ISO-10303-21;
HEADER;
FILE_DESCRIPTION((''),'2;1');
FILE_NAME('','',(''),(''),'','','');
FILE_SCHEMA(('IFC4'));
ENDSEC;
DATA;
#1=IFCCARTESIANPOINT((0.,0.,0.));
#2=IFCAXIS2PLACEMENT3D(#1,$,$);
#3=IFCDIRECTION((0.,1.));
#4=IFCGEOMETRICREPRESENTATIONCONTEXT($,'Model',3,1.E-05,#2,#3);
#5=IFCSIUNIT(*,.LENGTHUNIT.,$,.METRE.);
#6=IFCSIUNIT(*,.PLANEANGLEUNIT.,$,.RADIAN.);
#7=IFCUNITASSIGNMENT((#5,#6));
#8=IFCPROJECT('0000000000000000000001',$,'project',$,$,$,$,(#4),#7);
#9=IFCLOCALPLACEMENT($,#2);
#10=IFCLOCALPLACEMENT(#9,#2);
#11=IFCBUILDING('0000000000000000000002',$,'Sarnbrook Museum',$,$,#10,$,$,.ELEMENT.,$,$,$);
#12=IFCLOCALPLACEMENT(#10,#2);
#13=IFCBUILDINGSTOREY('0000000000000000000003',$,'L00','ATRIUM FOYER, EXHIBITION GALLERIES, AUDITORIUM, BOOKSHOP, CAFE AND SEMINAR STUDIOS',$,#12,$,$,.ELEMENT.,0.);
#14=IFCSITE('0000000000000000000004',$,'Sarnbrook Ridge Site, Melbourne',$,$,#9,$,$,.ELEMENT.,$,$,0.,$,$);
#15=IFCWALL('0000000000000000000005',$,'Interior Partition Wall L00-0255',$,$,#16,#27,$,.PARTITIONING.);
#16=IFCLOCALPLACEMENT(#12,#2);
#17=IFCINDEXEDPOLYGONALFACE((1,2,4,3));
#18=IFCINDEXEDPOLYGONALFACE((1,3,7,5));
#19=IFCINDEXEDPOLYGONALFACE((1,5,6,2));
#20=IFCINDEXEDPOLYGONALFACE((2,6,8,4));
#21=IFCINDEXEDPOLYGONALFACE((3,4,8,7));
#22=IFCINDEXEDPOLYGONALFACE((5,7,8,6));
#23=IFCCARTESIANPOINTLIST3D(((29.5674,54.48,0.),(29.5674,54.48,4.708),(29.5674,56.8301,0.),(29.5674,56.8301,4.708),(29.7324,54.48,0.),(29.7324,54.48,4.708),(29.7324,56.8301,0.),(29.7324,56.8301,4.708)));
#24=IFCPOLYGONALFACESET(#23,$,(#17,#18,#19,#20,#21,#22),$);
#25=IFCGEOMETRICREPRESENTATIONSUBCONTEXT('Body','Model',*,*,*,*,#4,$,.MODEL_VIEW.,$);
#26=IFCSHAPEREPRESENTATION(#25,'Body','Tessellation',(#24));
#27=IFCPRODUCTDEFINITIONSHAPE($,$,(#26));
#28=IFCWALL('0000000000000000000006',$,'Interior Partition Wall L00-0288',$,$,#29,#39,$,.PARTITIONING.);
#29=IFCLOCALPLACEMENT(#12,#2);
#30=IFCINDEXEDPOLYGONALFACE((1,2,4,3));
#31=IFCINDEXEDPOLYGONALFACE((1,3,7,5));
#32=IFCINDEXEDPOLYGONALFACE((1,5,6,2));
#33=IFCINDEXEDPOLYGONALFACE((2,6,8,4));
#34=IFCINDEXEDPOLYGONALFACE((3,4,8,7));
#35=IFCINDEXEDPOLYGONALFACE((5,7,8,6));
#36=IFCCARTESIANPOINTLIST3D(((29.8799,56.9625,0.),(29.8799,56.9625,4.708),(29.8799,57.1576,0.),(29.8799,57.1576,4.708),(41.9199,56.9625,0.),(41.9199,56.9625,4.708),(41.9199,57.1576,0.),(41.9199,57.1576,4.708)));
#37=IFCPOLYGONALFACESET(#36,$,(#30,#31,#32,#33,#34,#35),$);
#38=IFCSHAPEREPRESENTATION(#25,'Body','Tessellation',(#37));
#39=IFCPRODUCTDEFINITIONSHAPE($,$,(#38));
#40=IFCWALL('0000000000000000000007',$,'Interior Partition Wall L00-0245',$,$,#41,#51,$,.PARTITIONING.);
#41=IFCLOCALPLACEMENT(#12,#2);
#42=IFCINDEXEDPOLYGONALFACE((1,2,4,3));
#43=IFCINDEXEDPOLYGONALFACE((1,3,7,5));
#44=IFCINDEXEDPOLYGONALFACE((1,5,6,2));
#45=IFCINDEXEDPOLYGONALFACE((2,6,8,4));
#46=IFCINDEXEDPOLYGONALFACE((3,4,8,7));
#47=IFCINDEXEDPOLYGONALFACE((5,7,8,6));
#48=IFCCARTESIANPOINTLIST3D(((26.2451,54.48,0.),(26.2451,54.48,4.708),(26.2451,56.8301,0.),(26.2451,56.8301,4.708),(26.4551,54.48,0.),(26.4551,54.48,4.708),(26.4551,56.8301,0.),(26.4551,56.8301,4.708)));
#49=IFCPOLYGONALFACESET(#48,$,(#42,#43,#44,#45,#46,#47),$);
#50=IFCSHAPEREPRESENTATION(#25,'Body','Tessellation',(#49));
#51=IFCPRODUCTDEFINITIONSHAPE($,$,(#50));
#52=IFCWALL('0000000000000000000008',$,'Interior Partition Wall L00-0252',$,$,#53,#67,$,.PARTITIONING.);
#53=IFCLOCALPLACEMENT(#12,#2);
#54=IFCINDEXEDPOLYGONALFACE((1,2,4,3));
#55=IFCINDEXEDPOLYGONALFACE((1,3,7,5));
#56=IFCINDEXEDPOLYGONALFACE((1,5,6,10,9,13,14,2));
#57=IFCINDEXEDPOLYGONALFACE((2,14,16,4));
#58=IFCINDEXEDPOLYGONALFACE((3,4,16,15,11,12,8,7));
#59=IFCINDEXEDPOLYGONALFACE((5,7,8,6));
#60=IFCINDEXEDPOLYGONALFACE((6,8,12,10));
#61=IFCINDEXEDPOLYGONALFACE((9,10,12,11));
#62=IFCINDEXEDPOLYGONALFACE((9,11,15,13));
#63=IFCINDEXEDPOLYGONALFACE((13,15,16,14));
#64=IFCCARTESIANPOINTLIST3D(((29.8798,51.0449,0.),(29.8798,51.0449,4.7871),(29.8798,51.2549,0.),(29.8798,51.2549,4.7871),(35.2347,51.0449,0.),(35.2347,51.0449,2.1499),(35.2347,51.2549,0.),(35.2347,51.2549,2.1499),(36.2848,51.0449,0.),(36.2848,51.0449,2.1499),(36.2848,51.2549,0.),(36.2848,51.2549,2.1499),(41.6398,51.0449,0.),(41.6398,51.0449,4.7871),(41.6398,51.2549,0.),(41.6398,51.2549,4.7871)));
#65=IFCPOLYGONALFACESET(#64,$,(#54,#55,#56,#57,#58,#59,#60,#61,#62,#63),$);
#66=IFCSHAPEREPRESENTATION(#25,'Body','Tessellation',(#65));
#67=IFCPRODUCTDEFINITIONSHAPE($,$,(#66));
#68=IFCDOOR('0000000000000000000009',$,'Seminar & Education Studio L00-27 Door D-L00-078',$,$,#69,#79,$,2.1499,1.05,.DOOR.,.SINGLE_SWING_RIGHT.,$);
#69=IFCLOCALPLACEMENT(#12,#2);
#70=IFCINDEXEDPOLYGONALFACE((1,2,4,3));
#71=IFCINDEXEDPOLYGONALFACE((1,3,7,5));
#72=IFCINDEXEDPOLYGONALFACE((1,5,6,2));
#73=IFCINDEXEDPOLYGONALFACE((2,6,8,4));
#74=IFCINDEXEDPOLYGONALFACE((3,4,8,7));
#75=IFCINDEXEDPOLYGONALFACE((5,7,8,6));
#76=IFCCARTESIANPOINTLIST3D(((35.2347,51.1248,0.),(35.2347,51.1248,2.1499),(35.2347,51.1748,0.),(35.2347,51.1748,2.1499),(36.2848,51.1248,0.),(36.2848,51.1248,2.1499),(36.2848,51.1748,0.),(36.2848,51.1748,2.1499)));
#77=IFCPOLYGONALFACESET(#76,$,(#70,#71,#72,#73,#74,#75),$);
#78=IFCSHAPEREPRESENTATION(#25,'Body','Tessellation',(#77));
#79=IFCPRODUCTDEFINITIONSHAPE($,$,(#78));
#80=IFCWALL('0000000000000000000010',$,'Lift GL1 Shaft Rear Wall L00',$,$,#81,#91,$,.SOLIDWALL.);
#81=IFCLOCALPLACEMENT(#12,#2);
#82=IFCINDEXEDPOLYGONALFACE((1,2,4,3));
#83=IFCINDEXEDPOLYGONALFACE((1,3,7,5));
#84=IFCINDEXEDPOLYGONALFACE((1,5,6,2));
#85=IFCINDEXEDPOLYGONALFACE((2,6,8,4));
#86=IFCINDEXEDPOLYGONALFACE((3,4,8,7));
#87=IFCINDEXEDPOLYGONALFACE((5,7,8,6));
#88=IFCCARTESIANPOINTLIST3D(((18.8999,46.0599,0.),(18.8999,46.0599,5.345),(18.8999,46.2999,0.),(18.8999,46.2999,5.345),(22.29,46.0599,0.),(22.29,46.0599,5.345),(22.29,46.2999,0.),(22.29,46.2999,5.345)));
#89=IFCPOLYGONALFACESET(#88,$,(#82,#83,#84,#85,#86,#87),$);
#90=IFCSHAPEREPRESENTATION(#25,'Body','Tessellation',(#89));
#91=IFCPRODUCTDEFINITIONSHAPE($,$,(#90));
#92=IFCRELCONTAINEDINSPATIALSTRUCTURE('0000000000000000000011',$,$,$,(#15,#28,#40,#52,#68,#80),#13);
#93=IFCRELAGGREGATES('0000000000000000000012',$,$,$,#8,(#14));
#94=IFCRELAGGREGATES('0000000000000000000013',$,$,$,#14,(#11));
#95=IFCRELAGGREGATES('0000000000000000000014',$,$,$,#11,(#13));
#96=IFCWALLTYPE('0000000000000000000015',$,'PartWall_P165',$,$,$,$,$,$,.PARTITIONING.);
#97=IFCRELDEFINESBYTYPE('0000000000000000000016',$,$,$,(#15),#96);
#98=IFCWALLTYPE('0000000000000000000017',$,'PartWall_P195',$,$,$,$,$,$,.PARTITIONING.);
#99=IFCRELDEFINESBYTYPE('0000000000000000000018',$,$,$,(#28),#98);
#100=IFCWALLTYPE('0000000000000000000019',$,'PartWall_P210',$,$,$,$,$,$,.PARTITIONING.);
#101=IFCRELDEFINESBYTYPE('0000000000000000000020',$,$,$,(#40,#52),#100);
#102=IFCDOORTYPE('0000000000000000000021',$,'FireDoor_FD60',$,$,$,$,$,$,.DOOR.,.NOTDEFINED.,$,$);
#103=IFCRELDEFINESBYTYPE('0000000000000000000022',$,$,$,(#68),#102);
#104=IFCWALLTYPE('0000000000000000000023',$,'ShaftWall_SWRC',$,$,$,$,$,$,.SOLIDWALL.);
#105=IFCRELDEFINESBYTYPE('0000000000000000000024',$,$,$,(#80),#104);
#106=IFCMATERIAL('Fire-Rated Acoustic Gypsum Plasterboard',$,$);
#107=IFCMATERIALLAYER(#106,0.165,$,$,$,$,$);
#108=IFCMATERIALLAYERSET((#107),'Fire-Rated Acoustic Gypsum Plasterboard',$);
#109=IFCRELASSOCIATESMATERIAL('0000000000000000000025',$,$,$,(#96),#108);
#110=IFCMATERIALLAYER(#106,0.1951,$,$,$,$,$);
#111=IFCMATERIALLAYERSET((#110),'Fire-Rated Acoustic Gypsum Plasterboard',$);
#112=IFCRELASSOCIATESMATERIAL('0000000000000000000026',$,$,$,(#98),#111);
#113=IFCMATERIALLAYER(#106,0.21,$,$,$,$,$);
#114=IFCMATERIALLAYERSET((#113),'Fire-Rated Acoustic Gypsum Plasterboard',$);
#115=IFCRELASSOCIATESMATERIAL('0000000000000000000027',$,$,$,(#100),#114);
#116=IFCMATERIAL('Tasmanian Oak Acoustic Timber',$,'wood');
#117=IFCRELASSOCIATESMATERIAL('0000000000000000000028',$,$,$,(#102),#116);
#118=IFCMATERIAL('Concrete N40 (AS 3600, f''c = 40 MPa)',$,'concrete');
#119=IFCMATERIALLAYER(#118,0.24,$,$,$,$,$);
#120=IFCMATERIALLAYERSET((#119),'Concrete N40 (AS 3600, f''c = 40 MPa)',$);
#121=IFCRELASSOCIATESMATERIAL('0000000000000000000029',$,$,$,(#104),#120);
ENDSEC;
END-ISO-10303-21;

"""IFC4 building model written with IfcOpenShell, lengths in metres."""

from ifc_helpers import new_model, si_unit, direction, frame, frame_2d, origin, place, context, subcontext, project, spatial, rectangle, extrude, material, layer, layer_set, type_object, element, fill, save


model = new_model("IFC4")

# Units and contexts
model_context = context("Model", 3, precision=1e-05, world=origin(), true_north=direction((0.0, 1.0)))
body_context = subcontext(model_context, "Body", "Model", "MODEL_VIEW")
ifc_project = project(units=[si_unit("LENGTHUNIT", "METRE"), si_unit("PLANEANGLEUNIT", "RADIAN")], contexts=[model_context])

# Site, building, storey
site_placement = place(None, origin())
site = spatial("IfcSite", under=ifc_project, at=site_placement, Name="Sarnbrook Ridge Site, Melbourne", CompositionType="ELEMENT", RefElevation=0.0)
building_placement = place(site_placement, origin())
building = spatial("IfcBuilding", under=site, at=building_placement, Name="Sarnbrook Museum", CompositionType="ELEMENT")
storey_placement = place(building_placement, origin())
storey = spatial("IfcBuildingStorey", under=building, at=storey_placement, Name="L00", Description="ATRIUM FOYER, EXHIBITION GALLERIES, AUDITORIUM, BOOKSHOP, CAFE AND SEMINAR STUDIOS", CompositionType="ELEMENT", Elevation=0.0)

# Shared definitions
ifc_material_1 = material(Name="Tasmanian Oak Acoustic Timber", Category="wood")

# Shared definitions
ifc_material_2 = material(Name="Fire-Rated Acoustic Gypsum Plasterboard")

# Shared definitions
ifc_layer_1 = layer(ifc_material_2, 0.165)
ifc_layer_set_1 = layer_set([ifc_layer_1], Name="Fire-Rated Acoustic Gypsum Plasterboard")
wall_type_1 = type_object("IfcWallType", Name="PartWall_P165", PredefinedType="PARTITIONING", material=ifc_layer_set_1)

# Walls
wall_1_placement = place(storey_placement, frame((29.6499, 54.48, 0.0), z_axis=(0.0, 0.0, 1.0), x_axis=(0.0, 1.0, 0.0)))
element("IfcWall", 1, at=wall_1_placement, inside=storey, type_object=wall_type_1, Name="Interior Partition Wall L00-0255", PredefinedType="PARTITIONING", context=body_context, shape_type="SweptSolid", body=[
    extrude(rectangle(XDim=2.3501, YDim=0.165, at=frame_2d((1.175, 0.0))), origin(), (0.0, 0.0, 1.0), 4.708),
])
ifc_layer_2 = layer(ifc_material_2, 0.1951)
ifc_layer_set_2 = layer_set([ifc_layer_2], Name="Fire-Rated Acoustic Gypsum Plasterboard")
wall_type_2 = type_object("IfcWallType", Name="PartWall_P195", PredefinedType="PARTITIONING", material=ifc_layer_set_2)
wall_2_placement = place(storey_placement, frame((29.8799, 57.0601, 0.0), z_axis=(0.0, 0.0, 1.0), x_axis=(1.0, 0.0, 0.0)))
element("IfcWall", 2, at=wall_2_placement, inside=storey, type_object=wall_type_2, Name="Interior Partition Wall L00-0288", PredefinedType="PARTITIONING", context=body_context, shape_type="SweptSolid", body=[
    extrude(rectangle(XDim=12.04, YDim=0.1951, at=frame_2d((6.02, 0.0))), origin(), (0.0, 0.0, 1.0), 4.708),
])
ifc_layer_3 = layer(ifc_material_2, 0.21)
ifc_layer_set_3 = layer_set([ifc_layer_3], Name="Fire-Rated Acoustic Gypsum Plasterboard")
wall_type_3 = type_object("IfcWallType", Name="PartWall_P210", PredefinedType="PARTITIONING", material=ifc_layer_set_3)
wall_3_placement = place(storey_placement, frame((26.3501, 56.8301, 0.0), z_axis=(0.0, 0.0, 1.0), x_axis=(0.0, -1.0, 0.0)))
element("IfcWall", 3, at=wall_3_placement, inside=storey, type_object=wall_type_3, Name="Interior Partition Wall L00-0245", PredefinedType="PARTITIONING", context=body_context, shape_type="SweptSolid", body=[
    extrude(rectangle(XDim=2.3501, YDim=0.21, at=frame_2d((1.175, 0.0))), origin(), (0.0, 0.0, 1.0), 4.708),
])

# Wall, opening, door
wall_4_placement = place(storey_placement, frame((29.8799, 51.1499, 0.0), z_axis=(0.0, 0.0, 1.0), x_axis=(1.0, 0.0, 0.0)))
wall_4 = element("IfcWall", 4, at=wall_4_placement, inside=storey, type_object=wall_type_3, Name="Interior Partition Wall L00-0252", PredefinedType="PARTITIONING", context=body_context, shape_type="SweptSolid", body=[
    extrude(rectangle(XDim=11.76, YDim=0.21, at=frame_2d((5.8799, 0.0))), origin(), (0.0, 0.0, 1.0), 4.7871),
])
opening_1_placement = place(wall_4_placement, frame((5.355, 0.0, 0.0)))
opening_1 = element("IfcOpeningElement", 5, at=opening_1_placement, cuts=wall_4, PredefinedType="OPENING", context=body_context, shape_type="SweptSolid", body=[
    extrude(rectangle(XDim=1.05, YDim=2.1499, at=frame_2d((0.5249, 1.075))), frame((0.0, 0.115, 0.0), z_axis=(0.0, -1.0, 0.0), x_axis=(1.0, 0.0, 0.0)), (0.0, 0.0, 1.0), 0.23),
])
door_type_1 = type_object("IfcDoorType", Name="FireDoor_FD60", OperationType="NOTDEFINED", PredefinedType="DOOR", material=ifc_material_1)
door_1_placement = place(opening_1_placement, origin())
door_1 = element("IfcDoor", 6, at=door_1_placement, inside=storey, type_object=door_type_1, Name="Seminar & Education Studio L00-27 Door D-L00-078", OperationType="SINGLE_SWING_RIGHT", OverallHeight=2.1499, OverallWidth=1.05, PredefinedType="DOOR", context=body_context, shape_type="SweptSolid", body=[
    extrude(rectangle(XDim=1.05, YDim=2.1499, at=frame_2d((0.5249, 1.075))), frame((0.0, 0.0249, 0.0), z_axis=(0.0, -1.0, 0.0), x_axis=(1.0, 0.0, 0.0)), (0.0, 0.0, 1.0), 0.05),
])
fill(opening_1, door_1)

# Wall
ifc_material_3 = material(Name="Concrete N40 (AS 3600, f'c = 40 MPa)", Category="concrete")
ifc_layer_4 = layer(ifc_material_3, 0.24)
ifc_layer_set_4 = layer_set([ifc_layer_4], Name="Concrete N40 (AS 3600, f'c = 40 MPa)")
wall_type_4 = type_object("IfcWallType", Name="ShaftWall_SWRC", PredefinedType="SOLIDWALL", material=ifc_layer_set_4)
wall_5_placement = place(storey_placement, frame((18.8999, 46.1799, 0.0), z_axis=(0.0, 0.0, 1.0), x_axis=(1.0, 0.0, 0.0)))
element("IfcWall", 7, at=wall_5_placement, inside=storey, type_object=wall_type_4, Name="Lift GL1 Shaft Rear Wall L00", PredefinedType="SOLIDWALL", context=body_context, shape_type="SweptSolid", body=[
    extrude(rectangle(XDim=3.3901, YDim=0.24, at=frame_2d((1.6951, 0.0))), origin(), (0.0, 0.0, 1.0), 5.345),
])

save(model, "model.ifc")
